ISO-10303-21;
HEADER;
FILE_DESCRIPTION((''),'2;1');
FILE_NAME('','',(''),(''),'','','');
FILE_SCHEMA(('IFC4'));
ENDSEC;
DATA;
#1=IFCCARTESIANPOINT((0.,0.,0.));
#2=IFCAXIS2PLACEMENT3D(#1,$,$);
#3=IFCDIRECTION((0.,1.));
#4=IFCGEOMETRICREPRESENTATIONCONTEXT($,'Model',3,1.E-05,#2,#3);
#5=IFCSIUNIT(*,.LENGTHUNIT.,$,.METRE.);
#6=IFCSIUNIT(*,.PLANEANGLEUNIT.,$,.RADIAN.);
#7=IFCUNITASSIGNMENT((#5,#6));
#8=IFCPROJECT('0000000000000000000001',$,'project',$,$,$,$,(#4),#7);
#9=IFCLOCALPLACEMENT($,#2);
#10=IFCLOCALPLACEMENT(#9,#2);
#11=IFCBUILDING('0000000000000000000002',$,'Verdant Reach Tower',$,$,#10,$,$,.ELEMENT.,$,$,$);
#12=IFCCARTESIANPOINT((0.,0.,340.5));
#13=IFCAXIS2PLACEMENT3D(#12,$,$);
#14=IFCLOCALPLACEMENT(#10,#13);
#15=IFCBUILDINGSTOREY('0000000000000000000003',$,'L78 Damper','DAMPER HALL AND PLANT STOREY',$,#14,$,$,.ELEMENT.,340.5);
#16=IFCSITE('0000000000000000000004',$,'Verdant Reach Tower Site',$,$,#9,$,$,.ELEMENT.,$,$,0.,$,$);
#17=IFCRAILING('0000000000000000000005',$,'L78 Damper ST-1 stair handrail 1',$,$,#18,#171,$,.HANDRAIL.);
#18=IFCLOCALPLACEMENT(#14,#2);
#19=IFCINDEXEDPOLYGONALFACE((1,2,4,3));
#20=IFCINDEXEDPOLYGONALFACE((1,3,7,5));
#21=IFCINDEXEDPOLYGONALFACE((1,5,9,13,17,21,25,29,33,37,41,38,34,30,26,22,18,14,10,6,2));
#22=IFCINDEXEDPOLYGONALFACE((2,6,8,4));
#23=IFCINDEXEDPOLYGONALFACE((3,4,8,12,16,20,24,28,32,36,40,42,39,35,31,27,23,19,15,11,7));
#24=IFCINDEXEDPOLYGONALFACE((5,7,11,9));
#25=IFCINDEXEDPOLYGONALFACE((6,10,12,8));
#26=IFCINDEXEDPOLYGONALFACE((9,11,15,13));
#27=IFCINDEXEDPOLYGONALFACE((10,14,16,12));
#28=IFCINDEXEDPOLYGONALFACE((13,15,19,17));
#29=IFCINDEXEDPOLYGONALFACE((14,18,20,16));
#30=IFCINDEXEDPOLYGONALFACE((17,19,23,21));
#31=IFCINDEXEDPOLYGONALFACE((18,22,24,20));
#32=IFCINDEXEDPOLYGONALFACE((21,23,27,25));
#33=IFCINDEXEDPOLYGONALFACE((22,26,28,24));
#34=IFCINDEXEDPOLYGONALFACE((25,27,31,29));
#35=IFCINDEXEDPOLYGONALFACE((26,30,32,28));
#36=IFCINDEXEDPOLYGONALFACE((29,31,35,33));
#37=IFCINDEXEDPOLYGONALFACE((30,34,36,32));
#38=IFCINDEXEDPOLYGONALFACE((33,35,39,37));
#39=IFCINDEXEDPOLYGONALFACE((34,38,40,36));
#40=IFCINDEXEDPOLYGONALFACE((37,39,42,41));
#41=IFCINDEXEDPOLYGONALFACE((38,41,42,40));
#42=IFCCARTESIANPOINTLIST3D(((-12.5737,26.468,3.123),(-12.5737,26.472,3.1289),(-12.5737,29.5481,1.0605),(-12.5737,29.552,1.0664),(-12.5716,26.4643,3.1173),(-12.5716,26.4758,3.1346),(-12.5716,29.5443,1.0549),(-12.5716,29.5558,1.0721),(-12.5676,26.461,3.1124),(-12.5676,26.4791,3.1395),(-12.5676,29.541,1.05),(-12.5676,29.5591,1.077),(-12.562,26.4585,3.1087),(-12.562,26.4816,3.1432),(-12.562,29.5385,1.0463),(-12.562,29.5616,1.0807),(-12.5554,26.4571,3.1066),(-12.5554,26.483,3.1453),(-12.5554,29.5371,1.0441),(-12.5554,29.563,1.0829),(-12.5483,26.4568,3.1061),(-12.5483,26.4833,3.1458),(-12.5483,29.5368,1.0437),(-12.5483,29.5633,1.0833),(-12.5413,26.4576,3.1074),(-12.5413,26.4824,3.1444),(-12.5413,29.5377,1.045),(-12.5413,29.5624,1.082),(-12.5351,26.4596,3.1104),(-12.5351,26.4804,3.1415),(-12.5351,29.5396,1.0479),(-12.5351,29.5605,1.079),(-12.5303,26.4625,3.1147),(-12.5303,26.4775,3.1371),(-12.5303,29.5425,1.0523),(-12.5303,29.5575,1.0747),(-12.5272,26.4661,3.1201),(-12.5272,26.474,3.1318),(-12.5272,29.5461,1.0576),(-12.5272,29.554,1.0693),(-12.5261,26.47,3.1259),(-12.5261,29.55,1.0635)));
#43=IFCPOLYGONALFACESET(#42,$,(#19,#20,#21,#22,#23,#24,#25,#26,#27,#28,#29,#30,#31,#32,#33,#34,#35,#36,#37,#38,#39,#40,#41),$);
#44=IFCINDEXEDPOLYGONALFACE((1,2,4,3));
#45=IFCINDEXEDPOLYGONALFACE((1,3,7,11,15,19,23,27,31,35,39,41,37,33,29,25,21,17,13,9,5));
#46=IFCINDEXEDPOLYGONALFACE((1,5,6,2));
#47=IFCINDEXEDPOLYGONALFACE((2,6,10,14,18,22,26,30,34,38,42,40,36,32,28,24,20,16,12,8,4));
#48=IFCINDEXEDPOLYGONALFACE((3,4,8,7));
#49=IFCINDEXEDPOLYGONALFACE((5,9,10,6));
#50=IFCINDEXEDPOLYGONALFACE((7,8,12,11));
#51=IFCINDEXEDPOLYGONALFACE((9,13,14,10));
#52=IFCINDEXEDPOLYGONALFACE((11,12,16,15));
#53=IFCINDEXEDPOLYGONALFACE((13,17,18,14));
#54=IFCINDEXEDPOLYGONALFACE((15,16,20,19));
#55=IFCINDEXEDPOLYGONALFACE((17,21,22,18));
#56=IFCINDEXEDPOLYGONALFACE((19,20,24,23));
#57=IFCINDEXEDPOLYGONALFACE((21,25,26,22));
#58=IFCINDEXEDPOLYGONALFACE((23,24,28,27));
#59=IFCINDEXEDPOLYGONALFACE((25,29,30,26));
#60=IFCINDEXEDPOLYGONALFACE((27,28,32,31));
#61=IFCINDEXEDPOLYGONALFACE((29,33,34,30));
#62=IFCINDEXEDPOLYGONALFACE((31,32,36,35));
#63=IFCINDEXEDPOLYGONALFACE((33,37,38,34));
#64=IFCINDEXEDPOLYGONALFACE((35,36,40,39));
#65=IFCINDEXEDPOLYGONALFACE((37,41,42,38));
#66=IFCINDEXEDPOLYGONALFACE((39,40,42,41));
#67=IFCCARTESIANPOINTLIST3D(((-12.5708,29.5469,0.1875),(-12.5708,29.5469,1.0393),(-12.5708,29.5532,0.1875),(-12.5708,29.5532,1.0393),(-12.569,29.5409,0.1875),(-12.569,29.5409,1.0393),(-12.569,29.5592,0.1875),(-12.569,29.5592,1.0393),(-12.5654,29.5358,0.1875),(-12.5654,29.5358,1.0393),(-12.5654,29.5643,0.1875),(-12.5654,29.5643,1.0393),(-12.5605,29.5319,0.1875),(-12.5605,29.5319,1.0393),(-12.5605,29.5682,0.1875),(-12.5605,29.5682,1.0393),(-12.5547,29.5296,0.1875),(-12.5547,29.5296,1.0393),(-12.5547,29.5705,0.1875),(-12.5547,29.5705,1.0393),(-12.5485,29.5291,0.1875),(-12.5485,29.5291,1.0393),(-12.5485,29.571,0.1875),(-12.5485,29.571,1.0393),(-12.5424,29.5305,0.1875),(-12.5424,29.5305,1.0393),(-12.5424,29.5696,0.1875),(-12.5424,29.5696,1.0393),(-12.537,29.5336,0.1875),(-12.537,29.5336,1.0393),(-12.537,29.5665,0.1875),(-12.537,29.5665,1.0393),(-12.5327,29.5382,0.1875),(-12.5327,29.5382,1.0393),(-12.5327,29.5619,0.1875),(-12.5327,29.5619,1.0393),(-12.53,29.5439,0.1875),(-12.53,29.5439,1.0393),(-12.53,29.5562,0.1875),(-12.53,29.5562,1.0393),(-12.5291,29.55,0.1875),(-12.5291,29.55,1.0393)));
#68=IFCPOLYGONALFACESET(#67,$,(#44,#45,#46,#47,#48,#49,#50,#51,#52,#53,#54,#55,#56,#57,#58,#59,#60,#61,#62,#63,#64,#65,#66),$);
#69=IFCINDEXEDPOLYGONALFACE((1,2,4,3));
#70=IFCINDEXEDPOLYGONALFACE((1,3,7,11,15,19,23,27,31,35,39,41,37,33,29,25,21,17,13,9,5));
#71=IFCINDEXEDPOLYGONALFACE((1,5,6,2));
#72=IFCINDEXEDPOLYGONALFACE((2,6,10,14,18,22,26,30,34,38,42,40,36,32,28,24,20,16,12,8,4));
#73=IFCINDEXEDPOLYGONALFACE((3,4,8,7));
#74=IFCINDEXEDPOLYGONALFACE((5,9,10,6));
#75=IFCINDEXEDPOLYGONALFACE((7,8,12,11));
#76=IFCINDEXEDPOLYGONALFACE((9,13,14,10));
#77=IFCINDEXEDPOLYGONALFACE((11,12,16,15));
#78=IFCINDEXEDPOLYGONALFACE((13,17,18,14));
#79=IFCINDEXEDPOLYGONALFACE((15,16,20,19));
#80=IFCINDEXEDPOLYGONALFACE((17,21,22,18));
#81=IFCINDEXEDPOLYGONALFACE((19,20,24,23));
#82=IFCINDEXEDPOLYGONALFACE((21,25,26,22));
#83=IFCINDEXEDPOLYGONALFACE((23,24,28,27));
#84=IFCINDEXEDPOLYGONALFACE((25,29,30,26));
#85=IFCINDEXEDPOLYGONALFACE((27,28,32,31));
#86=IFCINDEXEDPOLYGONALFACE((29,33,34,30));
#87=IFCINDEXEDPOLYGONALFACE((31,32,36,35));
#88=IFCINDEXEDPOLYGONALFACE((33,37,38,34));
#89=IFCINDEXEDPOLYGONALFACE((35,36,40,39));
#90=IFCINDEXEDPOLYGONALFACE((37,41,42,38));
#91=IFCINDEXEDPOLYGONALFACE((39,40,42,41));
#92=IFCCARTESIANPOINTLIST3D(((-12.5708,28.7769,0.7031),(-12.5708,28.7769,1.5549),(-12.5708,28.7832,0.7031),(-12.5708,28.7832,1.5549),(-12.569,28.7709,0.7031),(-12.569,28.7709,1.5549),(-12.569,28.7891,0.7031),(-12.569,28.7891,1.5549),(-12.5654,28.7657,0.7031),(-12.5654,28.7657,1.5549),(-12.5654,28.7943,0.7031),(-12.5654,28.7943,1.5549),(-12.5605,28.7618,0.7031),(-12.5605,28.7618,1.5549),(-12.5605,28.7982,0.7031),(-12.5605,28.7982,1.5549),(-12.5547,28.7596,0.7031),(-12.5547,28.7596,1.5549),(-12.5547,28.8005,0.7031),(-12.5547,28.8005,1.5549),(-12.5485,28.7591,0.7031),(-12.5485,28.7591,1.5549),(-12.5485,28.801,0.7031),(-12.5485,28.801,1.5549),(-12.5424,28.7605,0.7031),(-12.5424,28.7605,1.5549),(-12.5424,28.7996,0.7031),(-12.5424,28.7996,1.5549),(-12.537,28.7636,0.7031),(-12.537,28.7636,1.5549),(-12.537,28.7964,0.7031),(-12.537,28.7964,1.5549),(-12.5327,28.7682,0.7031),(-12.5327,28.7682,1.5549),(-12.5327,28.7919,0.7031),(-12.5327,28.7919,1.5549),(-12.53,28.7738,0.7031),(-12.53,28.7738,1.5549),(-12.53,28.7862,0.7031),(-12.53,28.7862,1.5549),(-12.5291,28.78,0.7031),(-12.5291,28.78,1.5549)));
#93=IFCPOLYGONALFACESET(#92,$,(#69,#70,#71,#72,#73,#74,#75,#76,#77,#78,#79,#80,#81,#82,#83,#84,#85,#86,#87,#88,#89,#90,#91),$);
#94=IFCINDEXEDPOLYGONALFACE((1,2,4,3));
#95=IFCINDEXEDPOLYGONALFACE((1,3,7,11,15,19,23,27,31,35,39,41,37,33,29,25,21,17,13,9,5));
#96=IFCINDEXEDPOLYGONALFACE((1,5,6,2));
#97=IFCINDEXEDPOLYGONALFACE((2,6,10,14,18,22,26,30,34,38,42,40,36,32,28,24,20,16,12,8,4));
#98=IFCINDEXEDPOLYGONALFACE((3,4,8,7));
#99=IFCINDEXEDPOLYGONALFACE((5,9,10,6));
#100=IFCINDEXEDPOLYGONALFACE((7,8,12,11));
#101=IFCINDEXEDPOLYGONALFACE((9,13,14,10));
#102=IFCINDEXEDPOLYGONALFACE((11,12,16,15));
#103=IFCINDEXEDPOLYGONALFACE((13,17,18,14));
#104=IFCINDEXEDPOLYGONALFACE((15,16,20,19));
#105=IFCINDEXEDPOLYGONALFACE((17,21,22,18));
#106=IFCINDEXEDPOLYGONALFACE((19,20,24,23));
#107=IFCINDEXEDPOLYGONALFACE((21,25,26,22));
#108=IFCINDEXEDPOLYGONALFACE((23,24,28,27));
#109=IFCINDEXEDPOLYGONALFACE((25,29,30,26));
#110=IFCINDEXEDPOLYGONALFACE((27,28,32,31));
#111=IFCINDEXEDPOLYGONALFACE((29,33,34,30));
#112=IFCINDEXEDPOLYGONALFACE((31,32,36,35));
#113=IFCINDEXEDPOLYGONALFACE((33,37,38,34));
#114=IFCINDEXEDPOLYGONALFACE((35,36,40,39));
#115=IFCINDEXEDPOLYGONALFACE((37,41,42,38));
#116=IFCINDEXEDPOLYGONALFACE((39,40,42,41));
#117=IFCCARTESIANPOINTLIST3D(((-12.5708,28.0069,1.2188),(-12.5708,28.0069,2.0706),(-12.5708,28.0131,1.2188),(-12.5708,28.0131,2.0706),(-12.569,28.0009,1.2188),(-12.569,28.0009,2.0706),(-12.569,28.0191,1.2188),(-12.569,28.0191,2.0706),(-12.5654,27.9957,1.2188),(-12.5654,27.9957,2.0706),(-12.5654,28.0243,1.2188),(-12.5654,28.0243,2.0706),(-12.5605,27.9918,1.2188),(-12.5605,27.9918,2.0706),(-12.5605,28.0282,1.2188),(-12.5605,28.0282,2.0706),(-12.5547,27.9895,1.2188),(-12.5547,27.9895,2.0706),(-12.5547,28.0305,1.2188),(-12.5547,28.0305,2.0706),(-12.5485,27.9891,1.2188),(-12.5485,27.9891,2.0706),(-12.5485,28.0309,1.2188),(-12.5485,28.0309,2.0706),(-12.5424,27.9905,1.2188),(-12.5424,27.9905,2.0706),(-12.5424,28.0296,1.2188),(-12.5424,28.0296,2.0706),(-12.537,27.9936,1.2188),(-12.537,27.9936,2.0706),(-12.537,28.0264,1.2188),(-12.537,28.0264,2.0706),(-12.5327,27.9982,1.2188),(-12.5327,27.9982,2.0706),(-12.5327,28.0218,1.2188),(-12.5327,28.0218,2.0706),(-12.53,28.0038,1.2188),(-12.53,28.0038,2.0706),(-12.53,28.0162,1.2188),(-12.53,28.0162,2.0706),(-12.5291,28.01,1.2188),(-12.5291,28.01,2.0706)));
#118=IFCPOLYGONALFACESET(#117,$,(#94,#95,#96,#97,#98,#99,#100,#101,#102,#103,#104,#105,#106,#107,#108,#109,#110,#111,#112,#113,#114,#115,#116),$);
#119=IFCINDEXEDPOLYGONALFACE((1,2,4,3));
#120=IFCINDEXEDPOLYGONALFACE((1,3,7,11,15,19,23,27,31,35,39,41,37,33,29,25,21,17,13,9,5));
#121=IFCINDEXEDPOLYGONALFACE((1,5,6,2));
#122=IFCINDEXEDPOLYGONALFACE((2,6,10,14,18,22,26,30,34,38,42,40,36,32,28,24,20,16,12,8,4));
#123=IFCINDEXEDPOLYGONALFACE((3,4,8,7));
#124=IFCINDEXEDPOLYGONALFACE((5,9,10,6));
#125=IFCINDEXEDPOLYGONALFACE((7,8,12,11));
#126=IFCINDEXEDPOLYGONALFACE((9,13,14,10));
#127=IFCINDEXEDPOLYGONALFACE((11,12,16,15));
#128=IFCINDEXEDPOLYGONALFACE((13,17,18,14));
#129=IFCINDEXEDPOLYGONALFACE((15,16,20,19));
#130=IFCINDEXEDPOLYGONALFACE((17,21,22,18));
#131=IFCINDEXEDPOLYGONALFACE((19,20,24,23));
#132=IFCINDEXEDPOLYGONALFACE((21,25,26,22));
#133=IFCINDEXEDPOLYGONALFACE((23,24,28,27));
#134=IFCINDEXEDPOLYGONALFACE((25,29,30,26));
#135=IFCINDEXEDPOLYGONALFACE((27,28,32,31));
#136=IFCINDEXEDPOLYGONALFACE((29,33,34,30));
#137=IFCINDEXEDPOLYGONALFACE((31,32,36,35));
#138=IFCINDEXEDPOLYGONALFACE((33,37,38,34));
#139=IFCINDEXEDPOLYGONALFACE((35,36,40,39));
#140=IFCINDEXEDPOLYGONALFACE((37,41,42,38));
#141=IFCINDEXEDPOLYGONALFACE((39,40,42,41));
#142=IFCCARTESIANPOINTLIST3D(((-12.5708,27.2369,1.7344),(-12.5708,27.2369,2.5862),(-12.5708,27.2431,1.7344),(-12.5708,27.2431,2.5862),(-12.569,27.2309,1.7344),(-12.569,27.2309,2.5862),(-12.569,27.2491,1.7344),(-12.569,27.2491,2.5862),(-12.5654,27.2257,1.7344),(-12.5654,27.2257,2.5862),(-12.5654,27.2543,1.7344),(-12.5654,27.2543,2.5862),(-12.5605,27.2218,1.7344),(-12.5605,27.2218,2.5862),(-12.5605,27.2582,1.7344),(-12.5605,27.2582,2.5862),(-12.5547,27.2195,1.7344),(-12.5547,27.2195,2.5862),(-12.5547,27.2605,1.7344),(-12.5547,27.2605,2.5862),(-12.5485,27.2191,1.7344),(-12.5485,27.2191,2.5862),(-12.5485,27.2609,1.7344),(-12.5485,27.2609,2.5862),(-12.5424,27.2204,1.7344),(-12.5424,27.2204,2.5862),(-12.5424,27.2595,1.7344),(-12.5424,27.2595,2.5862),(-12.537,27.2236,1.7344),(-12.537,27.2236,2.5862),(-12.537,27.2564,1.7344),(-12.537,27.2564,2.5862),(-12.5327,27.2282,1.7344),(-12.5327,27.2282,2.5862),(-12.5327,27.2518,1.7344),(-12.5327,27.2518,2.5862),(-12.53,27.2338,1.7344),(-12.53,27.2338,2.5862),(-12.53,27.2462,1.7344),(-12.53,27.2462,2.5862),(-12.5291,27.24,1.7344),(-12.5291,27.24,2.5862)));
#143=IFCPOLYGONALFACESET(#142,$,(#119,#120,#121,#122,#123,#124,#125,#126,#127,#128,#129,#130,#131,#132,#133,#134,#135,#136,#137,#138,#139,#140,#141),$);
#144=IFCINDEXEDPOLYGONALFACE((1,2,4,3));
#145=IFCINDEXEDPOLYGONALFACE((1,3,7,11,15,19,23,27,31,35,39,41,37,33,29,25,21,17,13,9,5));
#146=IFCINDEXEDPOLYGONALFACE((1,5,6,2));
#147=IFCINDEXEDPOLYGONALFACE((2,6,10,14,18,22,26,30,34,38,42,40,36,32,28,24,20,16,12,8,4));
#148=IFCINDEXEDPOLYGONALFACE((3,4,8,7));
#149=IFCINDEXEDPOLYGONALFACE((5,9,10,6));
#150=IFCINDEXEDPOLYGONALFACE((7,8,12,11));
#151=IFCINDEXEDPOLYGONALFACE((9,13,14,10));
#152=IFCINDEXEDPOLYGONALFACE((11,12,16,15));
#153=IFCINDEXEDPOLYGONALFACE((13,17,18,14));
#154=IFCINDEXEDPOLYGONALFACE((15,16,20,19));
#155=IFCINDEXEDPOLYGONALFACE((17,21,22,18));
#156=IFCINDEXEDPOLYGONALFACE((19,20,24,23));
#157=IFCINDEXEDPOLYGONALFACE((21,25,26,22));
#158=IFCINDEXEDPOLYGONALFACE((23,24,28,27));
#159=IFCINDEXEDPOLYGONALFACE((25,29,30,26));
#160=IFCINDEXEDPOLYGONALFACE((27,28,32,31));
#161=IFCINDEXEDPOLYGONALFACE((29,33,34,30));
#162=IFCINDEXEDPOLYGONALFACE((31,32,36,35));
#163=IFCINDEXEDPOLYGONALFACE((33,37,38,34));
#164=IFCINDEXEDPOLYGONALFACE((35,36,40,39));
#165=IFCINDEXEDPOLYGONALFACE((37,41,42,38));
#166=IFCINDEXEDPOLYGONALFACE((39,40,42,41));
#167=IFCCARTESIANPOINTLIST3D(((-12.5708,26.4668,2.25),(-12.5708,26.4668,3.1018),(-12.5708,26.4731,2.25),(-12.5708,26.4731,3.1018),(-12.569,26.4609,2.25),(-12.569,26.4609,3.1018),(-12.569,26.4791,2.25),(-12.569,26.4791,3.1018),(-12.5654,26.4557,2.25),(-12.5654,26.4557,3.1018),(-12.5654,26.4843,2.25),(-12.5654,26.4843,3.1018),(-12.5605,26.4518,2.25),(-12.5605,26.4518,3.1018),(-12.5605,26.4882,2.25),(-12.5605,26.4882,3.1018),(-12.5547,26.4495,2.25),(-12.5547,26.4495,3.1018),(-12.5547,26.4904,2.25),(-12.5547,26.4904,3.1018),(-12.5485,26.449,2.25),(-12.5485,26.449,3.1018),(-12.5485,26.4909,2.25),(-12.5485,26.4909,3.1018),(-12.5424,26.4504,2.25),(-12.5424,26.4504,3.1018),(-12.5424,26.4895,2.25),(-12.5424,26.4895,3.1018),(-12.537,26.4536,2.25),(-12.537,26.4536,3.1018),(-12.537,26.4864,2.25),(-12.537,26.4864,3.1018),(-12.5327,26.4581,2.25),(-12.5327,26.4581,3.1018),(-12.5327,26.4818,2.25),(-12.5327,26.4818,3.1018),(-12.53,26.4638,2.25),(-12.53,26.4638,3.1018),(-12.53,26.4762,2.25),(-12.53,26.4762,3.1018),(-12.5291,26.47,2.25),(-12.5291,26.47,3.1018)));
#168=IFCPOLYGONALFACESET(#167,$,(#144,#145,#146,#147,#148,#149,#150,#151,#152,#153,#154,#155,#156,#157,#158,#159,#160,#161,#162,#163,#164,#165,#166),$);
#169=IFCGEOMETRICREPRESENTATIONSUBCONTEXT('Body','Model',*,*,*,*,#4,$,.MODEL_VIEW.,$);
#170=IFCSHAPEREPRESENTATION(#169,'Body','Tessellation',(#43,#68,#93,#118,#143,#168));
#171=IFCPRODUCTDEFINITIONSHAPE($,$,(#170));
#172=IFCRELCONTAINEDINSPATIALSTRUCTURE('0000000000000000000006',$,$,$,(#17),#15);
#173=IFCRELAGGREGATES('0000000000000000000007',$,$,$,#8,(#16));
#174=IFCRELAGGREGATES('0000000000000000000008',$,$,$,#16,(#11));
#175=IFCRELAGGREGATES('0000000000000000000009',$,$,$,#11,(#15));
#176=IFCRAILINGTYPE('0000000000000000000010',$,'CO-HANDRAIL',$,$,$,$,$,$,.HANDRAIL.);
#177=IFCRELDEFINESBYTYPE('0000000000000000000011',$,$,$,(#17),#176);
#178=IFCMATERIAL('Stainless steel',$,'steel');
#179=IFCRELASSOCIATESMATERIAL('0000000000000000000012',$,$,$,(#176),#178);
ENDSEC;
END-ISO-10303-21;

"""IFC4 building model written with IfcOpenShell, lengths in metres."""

from ifc_helpers import new_model, si_unit, direction, frame, origin, origin_2d, place, context, subcontext, project, spatial, circle, extrude, material, type_object, element, save


model = new_model("IFC4")

# Units and contexts
model_context = context("Model", 3, precision=1e-05, world=origin(), true_north=direction((0.0, 1.0)))
body_context = subcontext(model_context, "Body", "Model", "MODEL_VIEW")
ifc_project = project(units=[si_unit("LENGTHUNIT", "METRE"), si_unit("PLANEANGLEUNIT", "RADIAN")], contexts=[model_context])

# Site, building, storey
site_placement = place(None, origin())
site = spatial("IfcSite", under=ifc_project, at=site_placement, Name="Verdant Reach Tower Site", CompositionType="ELEMENT", RefElevation=0.0)
building_placement = place(site_placement, origin())
building = spatial("IfcBuilding", under=site, at=building_placement, Name="Verdant Reach Tower", CompositionType="ELEMENT")
storey_placement = place(building_placement, frame((0.0, 0.0, 340.5)))
storey = spatial("IfcBuildingStorey", under=building, at=storey_placement, Name="L78 Damper", Description="DAMPER HALL AND PLANT STOREY", CompositionType="ELEMENT", Elevation=340.5)

# Shared definitions
ifc_material_1 = material(Name="Stainless steel", Category="steel")

# Railing
railing_type_1 = type_object("IfcRailingType", Name="CO-HANDRAIL", PredefinedType="HANDRAIL", material=ifc_material_1)
for number, where, name in (
    (1, (-12.55, 29.55, 0.1875), "L78 Damper ST-1 stair handrail 1"),
):
    element("IfcRailing", number, at=place(storey_placement, frame(where)), inside=storey, type_object=railing_type_1, Name=name, PredefinedType="HANDRAIL", context=body_context, shape_type="SweptSolid", body=[
        extrude(circle(Radius=0.0239, at=origin_2d()), frame((0.0, 0.0, 0.876), z_axis=(0.0, -0.830914, 0.556401), x_axis=(1.0, 0.0, 0.0)), (0.0, 0.0, 1.0), 3.7068),
        extrude(circle(Radius=0.021, at=origin_2d()), origin(), (0.0, 0.0, 1.0), 0.8518),
        extrude(circle(Radius=0.021, at=origin_2d()), frame((0.0, -0.77, 0.5156)), (0.0, 0.0, 1.0), 0.8518),
        extrude(circle(Radius=0.021, at=origin_2d()), frame((0.0, -1.54, 1.0312)), (0.0, 0.0, 1.0), 0.8518),
        extrude(circle(Radius=0.021, at=origin_2d()), frame((0.0, -2.3101, 1.5469)), (0.0, 0.0, 1.0), 0.8518),
        extrude(circle(Radius=0.021, at=origin_2d()), frame((0.0, -3.0801, 2.0625)), (0.0, 0.0, 1.0), 0.8518),
    ])

save(model, "model.ifc")
